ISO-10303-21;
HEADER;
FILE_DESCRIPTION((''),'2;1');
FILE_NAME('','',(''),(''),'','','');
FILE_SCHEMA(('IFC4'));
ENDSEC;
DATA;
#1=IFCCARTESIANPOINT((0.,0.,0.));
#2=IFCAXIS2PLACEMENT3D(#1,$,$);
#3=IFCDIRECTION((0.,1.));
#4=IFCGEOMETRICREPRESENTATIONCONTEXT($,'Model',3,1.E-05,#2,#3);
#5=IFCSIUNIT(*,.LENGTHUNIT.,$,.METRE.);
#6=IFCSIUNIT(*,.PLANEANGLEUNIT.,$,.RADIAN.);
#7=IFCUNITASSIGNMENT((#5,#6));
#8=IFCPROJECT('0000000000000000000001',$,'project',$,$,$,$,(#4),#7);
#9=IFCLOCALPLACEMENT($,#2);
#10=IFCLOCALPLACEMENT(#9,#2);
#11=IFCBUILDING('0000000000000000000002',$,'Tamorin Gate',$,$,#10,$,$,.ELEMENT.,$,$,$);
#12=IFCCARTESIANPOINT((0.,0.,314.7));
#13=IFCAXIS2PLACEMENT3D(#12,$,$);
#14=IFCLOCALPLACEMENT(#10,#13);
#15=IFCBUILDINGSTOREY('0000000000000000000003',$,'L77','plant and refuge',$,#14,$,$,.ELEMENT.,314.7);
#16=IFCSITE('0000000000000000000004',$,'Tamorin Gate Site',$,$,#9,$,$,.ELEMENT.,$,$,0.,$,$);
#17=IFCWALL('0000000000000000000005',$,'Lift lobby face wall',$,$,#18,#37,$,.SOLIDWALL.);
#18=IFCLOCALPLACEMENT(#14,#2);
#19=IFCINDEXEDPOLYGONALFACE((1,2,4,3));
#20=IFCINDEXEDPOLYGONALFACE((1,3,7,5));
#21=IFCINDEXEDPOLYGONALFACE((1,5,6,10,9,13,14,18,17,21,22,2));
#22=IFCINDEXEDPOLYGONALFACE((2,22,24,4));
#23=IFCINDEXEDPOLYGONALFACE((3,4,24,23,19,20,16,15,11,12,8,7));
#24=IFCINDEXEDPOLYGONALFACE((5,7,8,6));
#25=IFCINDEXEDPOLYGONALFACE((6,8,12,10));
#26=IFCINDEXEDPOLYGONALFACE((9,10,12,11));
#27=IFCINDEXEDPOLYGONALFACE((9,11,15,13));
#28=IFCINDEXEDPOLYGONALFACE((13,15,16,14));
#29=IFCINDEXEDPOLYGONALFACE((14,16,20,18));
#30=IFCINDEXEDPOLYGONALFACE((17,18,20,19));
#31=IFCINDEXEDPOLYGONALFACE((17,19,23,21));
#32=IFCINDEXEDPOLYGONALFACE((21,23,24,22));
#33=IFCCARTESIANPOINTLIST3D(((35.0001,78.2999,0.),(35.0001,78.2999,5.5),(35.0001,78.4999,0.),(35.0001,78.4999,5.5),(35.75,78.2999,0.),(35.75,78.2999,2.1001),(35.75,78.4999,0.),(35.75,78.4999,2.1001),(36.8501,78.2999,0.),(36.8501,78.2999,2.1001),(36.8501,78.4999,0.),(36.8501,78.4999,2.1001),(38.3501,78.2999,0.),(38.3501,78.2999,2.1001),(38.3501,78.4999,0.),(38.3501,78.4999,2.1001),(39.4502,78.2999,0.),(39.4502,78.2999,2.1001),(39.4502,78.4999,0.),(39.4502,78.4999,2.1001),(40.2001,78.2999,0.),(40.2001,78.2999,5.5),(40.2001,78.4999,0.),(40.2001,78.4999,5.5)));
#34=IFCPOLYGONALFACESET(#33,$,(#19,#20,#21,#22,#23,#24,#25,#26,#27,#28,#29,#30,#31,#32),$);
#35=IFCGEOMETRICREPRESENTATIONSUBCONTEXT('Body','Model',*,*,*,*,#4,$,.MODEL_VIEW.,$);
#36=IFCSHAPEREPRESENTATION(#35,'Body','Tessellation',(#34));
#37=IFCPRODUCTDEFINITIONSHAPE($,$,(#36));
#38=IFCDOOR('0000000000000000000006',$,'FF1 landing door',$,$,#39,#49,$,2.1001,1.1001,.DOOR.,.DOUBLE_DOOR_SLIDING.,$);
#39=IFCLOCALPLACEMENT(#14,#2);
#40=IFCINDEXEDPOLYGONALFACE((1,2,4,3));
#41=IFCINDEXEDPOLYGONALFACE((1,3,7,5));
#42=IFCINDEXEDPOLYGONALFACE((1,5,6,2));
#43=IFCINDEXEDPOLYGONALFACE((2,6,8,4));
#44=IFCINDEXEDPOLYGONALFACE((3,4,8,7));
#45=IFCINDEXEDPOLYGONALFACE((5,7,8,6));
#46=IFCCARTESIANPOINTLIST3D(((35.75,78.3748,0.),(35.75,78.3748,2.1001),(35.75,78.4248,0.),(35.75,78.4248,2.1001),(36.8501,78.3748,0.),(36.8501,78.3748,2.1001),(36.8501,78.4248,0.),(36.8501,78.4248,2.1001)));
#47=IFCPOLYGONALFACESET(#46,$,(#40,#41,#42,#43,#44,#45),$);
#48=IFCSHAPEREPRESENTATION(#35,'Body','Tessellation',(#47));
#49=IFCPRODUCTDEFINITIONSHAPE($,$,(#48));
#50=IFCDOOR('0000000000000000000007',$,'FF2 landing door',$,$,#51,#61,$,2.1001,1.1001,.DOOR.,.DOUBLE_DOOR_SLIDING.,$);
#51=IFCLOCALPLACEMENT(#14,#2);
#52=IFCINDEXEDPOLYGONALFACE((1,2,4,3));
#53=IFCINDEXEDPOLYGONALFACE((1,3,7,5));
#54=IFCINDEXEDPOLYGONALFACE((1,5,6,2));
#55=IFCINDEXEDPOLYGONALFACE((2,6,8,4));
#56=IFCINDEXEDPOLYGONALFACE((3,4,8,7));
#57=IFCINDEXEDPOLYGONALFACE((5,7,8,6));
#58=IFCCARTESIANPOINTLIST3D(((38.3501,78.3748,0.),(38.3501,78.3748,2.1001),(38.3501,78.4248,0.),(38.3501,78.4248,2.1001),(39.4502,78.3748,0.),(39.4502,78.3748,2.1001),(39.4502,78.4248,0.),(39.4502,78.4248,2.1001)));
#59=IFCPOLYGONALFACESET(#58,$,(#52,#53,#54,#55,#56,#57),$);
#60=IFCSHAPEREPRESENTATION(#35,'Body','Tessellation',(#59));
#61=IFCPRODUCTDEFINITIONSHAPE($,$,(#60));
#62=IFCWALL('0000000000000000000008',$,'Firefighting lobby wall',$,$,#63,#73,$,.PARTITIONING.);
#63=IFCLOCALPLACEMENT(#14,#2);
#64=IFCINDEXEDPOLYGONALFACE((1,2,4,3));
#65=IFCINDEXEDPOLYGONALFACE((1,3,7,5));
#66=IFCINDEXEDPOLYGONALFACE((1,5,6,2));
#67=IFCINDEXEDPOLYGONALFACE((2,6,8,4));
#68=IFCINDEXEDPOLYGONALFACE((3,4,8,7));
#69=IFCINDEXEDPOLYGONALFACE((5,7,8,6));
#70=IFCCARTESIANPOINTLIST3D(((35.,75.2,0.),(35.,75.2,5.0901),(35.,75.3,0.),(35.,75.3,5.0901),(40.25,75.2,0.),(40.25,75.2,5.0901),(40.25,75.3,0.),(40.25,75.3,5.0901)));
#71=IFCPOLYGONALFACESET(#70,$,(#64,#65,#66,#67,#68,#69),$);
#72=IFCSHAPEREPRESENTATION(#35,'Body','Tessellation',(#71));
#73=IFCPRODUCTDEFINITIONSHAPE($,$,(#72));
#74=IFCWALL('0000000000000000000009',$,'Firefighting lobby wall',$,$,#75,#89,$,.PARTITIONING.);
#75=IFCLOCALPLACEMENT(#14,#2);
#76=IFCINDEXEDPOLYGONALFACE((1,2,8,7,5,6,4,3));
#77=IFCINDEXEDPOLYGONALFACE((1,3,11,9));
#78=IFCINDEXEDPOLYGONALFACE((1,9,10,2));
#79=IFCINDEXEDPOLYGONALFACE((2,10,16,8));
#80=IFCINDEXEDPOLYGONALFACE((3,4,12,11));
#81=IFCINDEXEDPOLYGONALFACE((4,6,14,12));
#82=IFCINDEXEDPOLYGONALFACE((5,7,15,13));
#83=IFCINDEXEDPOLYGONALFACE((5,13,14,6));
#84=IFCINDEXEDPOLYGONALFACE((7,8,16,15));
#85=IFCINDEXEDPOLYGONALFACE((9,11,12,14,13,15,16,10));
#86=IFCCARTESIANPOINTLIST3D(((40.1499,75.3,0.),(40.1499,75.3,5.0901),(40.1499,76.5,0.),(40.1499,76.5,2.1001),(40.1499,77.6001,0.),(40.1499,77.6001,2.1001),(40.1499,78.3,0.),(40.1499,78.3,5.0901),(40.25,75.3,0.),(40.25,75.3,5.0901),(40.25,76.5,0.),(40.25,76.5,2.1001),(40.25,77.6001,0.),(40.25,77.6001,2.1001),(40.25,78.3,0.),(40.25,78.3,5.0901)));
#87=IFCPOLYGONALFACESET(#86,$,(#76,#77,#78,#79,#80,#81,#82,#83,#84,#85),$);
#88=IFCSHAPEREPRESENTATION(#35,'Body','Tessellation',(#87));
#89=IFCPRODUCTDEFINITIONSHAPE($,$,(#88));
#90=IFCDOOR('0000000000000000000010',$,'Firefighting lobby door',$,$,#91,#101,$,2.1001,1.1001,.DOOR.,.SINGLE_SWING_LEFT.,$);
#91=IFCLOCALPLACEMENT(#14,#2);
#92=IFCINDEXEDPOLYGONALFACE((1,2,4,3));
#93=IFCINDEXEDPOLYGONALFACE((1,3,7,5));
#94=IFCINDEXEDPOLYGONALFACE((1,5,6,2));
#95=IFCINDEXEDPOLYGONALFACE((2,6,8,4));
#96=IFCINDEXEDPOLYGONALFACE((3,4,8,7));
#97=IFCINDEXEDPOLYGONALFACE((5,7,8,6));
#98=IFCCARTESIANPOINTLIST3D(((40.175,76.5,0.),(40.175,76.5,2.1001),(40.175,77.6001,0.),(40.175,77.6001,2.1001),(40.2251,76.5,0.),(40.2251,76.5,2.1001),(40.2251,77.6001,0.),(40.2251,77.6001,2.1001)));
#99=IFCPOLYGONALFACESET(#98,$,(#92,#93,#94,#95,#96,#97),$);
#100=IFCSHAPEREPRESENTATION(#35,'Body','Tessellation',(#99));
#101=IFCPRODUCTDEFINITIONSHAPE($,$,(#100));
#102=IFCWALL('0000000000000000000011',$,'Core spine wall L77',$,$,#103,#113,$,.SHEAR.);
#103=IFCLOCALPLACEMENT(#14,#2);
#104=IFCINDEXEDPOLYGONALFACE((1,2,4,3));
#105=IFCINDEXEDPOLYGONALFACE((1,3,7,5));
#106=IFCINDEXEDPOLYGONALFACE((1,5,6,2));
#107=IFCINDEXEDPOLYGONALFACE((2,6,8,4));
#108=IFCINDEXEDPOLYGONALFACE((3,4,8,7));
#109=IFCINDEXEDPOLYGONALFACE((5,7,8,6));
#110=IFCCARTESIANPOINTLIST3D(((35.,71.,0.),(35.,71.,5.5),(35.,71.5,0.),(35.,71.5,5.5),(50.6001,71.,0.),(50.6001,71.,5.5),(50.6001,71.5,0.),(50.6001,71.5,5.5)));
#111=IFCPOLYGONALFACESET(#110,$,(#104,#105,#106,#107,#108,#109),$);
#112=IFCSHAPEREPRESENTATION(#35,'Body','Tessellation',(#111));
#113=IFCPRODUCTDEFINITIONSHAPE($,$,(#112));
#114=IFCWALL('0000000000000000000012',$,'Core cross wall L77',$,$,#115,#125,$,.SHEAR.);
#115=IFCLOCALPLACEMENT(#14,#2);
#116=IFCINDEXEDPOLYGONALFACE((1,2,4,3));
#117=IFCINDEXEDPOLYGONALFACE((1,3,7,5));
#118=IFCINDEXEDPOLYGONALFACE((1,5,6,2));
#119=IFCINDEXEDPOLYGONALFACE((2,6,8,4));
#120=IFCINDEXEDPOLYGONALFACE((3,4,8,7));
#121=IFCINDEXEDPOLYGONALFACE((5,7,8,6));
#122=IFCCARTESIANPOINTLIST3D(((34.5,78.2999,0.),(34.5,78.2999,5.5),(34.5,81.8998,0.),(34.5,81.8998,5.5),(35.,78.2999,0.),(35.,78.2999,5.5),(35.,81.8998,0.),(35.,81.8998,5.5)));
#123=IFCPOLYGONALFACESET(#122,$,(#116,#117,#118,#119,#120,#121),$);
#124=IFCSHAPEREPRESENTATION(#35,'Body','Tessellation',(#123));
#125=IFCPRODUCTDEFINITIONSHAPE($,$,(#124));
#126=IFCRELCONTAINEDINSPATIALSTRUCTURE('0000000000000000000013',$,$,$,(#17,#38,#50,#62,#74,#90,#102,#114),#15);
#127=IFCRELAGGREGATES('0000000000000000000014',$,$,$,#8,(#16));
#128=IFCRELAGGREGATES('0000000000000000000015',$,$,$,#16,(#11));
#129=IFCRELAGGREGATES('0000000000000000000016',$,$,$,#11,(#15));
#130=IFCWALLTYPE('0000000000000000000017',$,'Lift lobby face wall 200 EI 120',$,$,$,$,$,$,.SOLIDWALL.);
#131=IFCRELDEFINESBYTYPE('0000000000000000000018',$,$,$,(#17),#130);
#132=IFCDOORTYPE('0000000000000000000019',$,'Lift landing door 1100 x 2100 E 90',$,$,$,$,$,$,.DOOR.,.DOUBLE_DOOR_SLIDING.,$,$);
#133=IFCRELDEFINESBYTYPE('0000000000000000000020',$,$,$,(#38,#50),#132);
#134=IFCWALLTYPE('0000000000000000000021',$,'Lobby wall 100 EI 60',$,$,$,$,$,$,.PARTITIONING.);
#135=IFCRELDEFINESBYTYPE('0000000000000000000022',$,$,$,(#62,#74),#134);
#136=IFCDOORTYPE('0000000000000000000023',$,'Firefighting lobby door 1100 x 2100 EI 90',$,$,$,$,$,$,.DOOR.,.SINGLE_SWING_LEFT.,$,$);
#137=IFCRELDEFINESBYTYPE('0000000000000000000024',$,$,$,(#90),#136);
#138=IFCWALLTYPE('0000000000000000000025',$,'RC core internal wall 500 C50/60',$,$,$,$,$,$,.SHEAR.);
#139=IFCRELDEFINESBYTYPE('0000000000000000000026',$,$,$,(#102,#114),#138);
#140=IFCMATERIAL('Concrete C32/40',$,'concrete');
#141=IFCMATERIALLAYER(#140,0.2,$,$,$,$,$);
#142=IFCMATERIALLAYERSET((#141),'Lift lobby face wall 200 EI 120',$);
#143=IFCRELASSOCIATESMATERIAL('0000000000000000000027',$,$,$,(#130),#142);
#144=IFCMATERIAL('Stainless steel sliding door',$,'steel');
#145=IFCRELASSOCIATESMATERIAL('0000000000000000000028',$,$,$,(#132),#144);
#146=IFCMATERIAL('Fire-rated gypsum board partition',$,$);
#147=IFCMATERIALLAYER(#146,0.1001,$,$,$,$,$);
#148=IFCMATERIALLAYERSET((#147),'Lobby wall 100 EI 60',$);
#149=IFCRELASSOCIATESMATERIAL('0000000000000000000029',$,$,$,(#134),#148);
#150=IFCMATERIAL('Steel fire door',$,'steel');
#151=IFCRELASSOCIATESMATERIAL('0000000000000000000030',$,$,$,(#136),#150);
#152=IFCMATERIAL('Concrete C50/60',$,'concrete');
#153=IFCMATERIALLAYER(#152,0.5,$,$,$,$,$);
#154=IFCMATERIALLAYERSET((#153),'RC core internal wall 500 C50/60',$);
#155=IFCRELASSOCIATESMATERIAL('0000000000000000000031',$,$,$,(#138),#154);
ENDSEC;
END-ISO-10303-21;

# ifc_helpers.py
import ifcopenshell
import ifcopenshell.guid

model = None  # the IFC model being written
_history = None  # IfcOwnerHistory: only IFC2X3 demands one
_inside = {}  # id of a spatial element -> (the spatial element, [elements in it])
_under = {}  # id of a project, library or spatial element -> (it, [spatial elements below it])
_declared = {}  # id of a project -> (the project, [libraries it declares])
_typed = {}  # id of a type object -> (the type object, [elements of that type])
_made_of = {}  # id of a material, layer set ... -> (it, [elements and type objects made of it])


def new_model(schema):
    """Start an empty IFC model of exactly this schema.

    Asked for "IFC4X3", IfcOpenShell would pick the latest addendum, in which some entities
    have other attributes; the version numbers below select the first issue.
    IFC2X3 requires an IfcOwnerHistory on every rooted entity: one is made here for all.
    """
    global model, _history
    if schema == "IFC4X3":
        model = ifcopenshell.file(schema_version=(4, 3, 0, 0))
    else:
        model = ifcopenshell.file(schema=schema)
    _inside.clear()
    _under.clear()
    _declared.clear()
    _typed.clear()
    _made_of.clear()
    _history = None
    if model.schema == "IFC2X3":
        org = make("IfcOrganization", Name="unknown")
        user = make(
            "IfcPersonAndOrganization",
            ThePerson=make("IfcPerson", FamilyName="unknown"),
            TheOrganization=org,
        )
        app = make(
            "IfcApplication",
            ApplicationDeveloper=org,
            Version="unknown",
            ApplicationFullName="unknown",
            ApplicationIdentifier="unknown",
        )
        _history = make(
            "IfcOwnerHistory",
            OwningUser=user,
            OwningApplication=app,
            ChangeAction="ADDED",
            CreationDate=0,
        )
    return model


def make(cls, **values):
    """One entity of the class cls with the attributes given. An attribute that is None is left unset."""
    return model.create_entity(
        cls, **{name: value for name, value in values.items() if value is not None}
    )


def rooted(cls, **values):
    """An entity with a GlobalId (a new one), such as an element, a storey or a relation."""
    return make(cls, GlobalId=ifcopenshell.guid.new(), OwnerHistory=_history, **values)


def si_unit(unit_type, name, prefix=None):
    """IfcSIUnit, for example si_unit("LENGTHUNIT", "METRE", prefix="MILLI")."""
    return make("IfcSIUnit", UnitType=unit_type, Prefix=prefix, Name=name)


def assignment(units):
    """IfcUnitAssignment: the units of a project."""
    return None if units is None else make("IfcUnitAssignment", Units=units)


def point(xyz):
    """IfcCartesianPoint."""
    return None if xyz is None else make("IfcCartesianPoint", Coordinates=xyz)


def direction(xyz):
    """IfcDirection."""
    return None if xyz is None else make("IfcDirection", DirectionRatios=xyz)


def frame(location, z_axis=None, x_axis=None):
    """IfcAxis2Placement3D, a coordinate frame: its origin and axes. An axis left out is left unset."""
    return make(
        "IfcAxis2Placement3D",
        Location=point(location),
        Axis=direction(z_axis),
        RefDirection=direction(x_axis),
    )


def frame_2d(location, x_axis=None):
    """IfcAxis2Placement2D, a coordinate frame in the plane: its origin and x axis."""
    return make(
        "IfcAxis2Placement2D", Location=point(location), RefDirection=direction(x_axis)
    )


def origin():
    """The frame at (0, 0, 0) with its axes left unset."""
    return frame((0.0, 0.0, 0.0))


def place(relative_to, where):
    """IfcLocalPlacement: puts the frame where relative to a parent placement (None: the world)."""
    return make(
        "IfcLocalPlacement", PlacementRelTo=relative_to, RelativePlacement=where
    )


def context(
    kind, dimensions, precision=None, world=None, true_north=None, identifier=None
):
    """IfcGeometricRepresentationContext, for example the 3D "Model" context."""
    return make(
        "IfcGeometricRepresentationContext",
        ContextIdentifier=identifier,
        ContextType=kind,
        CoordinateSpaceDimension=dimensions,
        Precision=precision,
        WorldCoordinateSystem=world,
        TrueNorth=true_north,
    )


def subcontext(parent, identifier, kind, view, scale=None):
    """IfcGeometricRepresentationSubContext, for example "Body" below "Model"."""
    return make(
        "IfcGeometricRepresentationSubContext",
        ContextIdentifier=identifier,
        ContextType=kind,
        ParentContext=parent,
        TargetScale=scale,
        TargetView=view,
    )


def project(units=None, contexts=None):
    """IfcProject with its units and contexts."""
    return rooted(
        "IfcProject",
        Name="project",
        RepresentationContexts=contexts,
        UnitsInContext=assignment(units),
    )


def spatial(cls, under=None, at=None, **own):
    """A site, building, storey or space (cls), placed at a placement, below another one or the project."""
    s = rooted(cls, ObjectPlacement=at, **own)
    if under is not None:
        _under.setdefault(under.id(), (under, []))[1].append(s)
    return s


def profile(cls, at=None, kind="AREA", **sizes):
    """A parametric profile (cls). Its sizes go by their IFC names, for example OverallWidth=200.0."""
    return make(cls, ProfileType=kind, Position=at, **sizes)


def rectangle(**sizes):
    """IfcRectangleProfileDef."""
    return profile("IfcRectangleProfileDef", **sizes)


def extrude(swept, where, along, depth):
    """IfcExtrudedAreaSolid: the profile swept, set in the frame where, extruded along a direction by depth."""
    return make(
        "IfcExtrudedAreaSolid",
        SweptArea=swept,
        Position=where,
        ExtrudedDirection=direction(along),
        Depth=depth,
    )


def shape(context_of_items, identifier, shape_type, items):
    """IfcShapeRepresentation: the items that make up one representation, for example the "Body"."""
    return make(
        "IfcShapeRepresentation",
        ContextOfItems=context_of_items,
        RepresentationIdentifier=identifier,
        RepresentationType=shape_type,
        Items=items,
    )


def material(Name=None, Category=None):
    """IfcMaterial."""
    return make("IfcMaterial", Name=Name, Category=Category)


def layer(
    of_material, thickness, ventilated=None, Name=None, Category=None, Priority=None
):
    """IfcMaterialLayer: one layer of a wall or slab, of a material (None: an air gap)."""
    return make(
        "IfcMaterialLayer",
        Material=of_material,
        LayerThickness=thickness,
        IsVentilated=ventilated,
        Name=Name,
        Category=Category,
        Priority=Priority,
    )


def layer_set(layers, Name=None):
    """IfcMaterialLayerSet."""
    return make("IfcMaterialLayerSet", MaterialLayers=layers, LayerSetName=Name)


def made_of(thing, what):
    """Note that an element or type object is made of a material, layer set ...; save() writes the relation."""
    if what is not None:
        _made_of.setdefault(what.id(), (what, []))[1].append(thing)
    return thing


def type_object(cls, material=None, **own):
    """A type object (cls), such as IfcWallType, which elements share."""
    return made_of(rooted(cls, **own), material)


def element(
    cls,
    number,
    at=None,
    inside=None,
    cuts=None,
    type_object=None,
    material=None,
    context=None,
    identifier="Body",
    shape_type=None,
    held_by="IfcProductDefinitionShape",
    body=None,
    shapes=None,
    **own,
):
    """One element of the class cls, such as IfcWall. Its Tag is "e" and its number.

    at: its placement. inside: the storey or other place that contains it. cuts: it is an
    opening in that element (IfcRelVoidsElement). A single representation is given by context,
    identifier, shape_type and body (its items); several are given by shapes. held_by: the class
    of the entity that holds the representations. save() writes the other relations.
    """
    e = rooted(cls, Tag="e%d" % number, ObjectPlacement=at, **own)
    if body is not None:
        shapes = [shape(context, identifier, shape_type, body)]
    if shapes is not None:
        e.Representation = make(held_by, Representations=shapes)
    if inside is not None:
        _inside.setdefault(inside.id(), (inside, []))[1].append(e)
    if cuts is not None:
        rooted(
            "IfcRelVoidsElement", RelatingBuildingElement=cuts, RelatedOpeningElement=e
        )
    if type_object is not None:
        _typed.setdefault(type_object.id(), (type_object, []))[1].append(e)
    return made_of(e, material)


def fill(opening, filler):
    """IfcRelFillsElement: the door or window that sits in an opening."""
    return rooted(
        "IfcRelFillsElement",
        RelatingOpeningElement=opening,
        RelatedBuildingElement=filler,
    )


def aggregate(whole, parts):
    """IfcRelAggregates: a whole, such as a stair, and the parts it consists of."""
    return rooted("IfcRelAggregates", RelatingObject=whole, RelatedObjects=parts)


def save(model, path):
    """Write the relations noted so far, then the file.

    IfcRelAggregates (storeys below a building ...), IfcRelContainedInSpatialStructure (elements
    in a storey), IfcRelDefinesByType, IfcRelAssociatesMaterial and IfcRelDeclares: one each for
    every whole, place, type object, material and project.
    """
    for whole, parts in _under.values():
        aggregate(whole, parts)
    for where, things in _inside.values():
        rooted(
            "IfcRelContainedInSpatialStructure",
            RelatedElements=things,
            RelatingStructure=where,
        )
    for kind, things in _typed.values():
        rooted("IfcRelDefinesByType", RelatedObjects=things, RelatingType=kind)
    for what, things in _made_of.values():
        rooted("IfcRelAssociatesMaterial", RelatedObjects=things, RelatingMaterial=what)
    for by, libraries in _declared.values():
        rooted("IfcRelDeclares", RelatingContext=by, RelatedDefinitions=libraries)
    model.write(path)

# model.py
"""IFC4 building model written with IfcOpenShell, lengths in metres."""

from ifc_helpers import new_model, si_unit, direction, frame, frame_2d, origin, place, context, subcontext, project, spatial, rectangle, extrude, material, layer, layer_set, type_object, element, fill, save


model = new_model("IFC4")

# Units and contexts
model_context = context("Model", 3, precision=1e-05, world=origin(), true_north=direction((0.0, 1.0)))
body_context = subcontext(model_context, "Body", "Model", "MODEL_VIEW")
ifc_project = project(units=[si_unit("LENGTHUNIT", "METRE"), si_unit("PLANEANGLEUNIT", "RADIAN")], contexts=[model_context])

# Site, building, storey
site_placement = place(None, origin())
site = spatial("IfcSite", under=ifc_project, at=site_placement, Name="Tamorin Gate Site", CompositionType="ELEMENT", RefElevation=0.0)
building_placement = place(site_placement, origin())
building = spatial("IfcBuilding", under=site, at=building_placement, Name="Tamorin Gate", CompositionType="ELEMENT")
storey_placement = place(building_placement, frame((0.0, 0.0, 314.7)))
storey = spatial("IfcBuildingStorey", under=building, at=storey_placement, Name="L77", Description="plant and refuge", CompositionType="ELEMENT", Elevation=314.7)

# Wall, openings, doors
ifc_material_1 = material(Name="Concrete C32/40", Category="concrete")
ifc_layer_1 = layer(ifc_material_1, 0.2)
ifc_layer_set_1 = layer_set([ifc_layer_1], Name="Lift lobby face wall 200 EI 120")
wall_type_1 = type_object("IfcWallType", Name="Lift lobby face wall 200 EI 120", PredefinedType="SOLIDWALL", material=ifc_layer_set_1)
wall_1_placement = place(storey_placement, frame((35.0, 78.3999, 0.0), z_axis=(0.0, 0.0, 1.0), x_axis=(1.0, 0.0, 0.0)))
wall_1 = element("IfcWall", 1, at=wall_1_placement, inside=storey, type_object=wall_type_1, Name="Lift lobby face wall", PredefinedType="SOLIDWALL", context=body_context, shape_type="SweptSolid", body=[
    extrude(rectangle(XDim=5.2, YDim=0.2, at=frame_2d((2.6001, 0.0))), origin(), (0.0, 0.0, 1.0), 5.5),
])
opening_1_placement = place(wall_1_placement, frame((0.75, 0.0, 0.0)))
opening_1 = element("IfcOpeningElement", 2, at=opening_1_placement, cuts=wall_1, PredefinedType="OPENING", context=body_context, shape_type="SweptSolid", body=[
    extrude(rectangle(XDim=1.1001, YDim=2.1001, at=frame_2d((0.55, 1.05))), frame((0.0, 0.1099, 0.0), z_axis=(0.0, -1.0, 0.0), x_axis=(1.0, 0.0, 0.0)), (0.0, 0.0, 1.0), 0.22),
])
opening_2_placement = place(wall_1_placement, frame((3.3501, 0.0, 0.0)))
opening_2 = element("IfcOpeningElement", 3, at=opening_2_placement, cuts=wall_1, PredefinedType="OPENING", context=body_context, shape_type="SweptSolid", body=[
    extrude(rectangle(XDim=1.1001, YDim=2.1001, at=frame_2d((0.55, 1.05))), frame((0.0, 0.1099, 0.0), z_axis=(0.0, -1.0, 0.0), x_axis=(1.0, 0.0, 0.0)), (0.0, 0.0, 1.0), 0.22),
])
ifc_material_2 = material(Name="Stainless steel sliding door", Category="steel")
door_type_1 = type_object("IfcDoorType", Name="Lift landing door 1100 x 2100 E 90", OperationType="DOUBLE_DOOR_SLIDING", PredefinedType="DOOR", material=ifc_material_2)
door_1_placement = place(opening_1_placement, origin())
door_1 = element("IfcDoor", 4, at=door_1_placement, inside=storey, type_object=door_type_1, Name="FF1 landing door", OperationType="DOUBLE_DOOR_SLIDING", OverallHeight=2.1001, OverallWidth=1.1001, PredefinedType="DOOR", context=body_context, shape_type="SweptSolid", body=[
    extrude(rectangle(XDim=1.1001, YDim=2.1001, at=frame_2d((0.55, 1.05))), frame((0.0, 0.0249, 0.0), z_axis=(0.0, -1.0, 0.0), x_axis=(1.0, 0.0, 0.0)), (0.0, 0.0, 1.0), 0.05),
])
fill(opening_1, door_1)
door_2_placement = place(opening_2_placement, origin())
door_2 = element("IfcDoor", 5, at=door_2_placement, inside=storey, type_object=door_type_1, Name="FF2 landing door", OperationType="DOUBLE_DOOR_SLIDING", OverallHeight=2.1001, OverallWidth=1.1001, PredefinedType="DOOR", context=body_context, shape_type="SweptSolid", body=[
    extrude(rectangle(XDim=1.1001, YDim=2.1001, at=frame_2d((0.55, 1.05))), frame((0.0, 0.0249, 0.0), z_axis=(0.0, -1.0, 0.0), x_axis=(1.0, 0.0, 0.0)), (0.0, 0.0, 1.0), 0.05),
])
fill(opening_2, door_2)

# Wall
ifc_material_3 = material(Name="Fire-rated gypsum board partition")
ifc_layer_2 = layer(ifc_material_3, 0.1001)
ifc_layer_set_2 = layer_set([ifc_layer_2], Name="Lobby wall 100 EI 60")
wall_type_2 = type_object("IfcWallType", Name="Lobby wall 100 EI 60", PredefinedType="PARTITIONING", material=ifc_layer_set_2)
wall_2_placement = place(storey_placement, frame((35.0, 75.25, 0.0), z_axis=(0.0, 0.0, 1.0), x_axis=(1.0, 0.0, 0.0)))
element("IfcWall", 6, at=wall_2_placement, inside=storey, type_object=wall_type_2, Name="Firefighting lobby wall", PredefinedType="PARTITIONING", context=body_context, shape_type="SweptSolid", body=[
    extrude(rectangle(XDim=5.25, YDim=0.1001, at=frame_2d((2.625, 0.0))), origin(), (0.0, 0.0, 1.0), 5.0901),
])

# Wall, opening, door
wall_3_placement = place(storey_placement, frame((40.2, 75.3, 0.0), z_axis=(0.0, 0.0, 1.0), x_axis=(0.0, 1.0, 0.0)))
wall_3 = element("IfcWall", 7, at=wall_3_placement, inside=storey, type_object=wall_type_2, Name="Firefighting lobby wall", PredefinedType="PARTITIONING", context=body_context, shape_type="SweptSolid", body=[
    extrude(rectangle(XDim=3.0, YDim=0.1001, at=frame_2d((1.5, 0.0))), origin(), (0.0, 0.0, 1.0), 5.0901),
])
opening_3_placement = place(wall_3_placement, frame((1.2, 0.0, 0.0)))
opening_3 = element("IfcOpeningElement", 8, at=opening_3_placement, cuts=wall_3, PredefinedType="OPENING", context=body_context, shape_type="SweptSolid", body=[
    extrude(rectangle(XDim=1.1001, YDim=2.1001, at=frame_2d((0.55, 1.05))), frame((0.0, 0.0601, 0.0), z_axis=(0.0, -1.0, 0.0), x_axis=(1.0, 0.0, 0.0)), (0.0, 0.0, 1.0), 0.1201),
])
ifc_material_4 = material(Name="Steel fire door", Category="steel")
door_type_2 = type_object("IfcDoorType", Name="Firefighting lobby door 1100 x 2100 EI 90", OperationType="SINGLE_SWING_LEFT", PredefinedType="DOOR", material=ifc_material_4)
door_3_placement = place(opening_3_placement, origin())
door_3 = element("IfcDoor", 9, at=door_3_placement, inside=storey, type_object=door_type_2, Name="Firefighting lobby door", OperationType="SINGLE_SWING_LEFT", OverallHeight=2.1001, OverallWidth=1.1001, PredefinedType="DOOR", context=body_context, shape_type="SweptSolid", body=[
    extrude(rectangle(XDim=1.1001, YDim=2.1001, at=frame_2d((0.55, 1.05))), frame((0.0, 0.0249, 0.0), z_axis=(0.0, -1.0, 0.0), x_axis=(1.0, 0.0, 0.0)), (0.0, 0.0, 1.0), 0.05),
])
fill(opening_3, door_3)

# Walls
ifc_material_5 = material(Name="Concrete C50/60", Category="concrete")
ifc_layer_3 = layer(ifc_material_5, 0.5)
ifc_layer_set_3 = layer_set([ifc_layer_3], Name="RC core internal wall 500 C50/60")
wall_type_3 = type_object("IfcWallType", Name="RC core internal wall 500 C50/60", PredefinedType="SHEAR", material=ifc_layer_set_3)
wall_4_placement = place(storey_placement, frame((35.0, 71.25, 0.0), z_axis=(0.0, 0.0, 1.0), x_axis=(1.0, 0.0, 0.0)))
element("IfcWall", 10, at=wall_4_placement, inside=storey, type_object=wall_type_3, Name="Core spine wall L77", PredefinedType="SHEAR", context=body_context, shape_type="SweptSolid", body=[
    extrude(rectangle(XDim=15.6001, YDim=0.5, at=frame_2d((7.8, 0.0))), origin(), (0.0, 0.0, 1.0), 5.5),
])
wall_5_placement = place(storey_placement, frame((34.75, 78.3, 0.0), z_axis=(0.0, 0.0, 1.0), x_axis=(0.0, 1.0, 0.0)))
element("IfcWall", 11, at=wall_5_placement, inside=storey, type_object=wall_type_3, Name="Core cross wall L77", PredefinedType="SHEAR", context=body_context, shape_type="SweptSolid", body=[
    extrude(rectangle(XDim=3.5999, YDim=0.5, at=frame_2d((1.7998, 0.0))), origin(), (0.0, 0.0, 1.0), 5.5),
])

save(model, "model.ifc")
